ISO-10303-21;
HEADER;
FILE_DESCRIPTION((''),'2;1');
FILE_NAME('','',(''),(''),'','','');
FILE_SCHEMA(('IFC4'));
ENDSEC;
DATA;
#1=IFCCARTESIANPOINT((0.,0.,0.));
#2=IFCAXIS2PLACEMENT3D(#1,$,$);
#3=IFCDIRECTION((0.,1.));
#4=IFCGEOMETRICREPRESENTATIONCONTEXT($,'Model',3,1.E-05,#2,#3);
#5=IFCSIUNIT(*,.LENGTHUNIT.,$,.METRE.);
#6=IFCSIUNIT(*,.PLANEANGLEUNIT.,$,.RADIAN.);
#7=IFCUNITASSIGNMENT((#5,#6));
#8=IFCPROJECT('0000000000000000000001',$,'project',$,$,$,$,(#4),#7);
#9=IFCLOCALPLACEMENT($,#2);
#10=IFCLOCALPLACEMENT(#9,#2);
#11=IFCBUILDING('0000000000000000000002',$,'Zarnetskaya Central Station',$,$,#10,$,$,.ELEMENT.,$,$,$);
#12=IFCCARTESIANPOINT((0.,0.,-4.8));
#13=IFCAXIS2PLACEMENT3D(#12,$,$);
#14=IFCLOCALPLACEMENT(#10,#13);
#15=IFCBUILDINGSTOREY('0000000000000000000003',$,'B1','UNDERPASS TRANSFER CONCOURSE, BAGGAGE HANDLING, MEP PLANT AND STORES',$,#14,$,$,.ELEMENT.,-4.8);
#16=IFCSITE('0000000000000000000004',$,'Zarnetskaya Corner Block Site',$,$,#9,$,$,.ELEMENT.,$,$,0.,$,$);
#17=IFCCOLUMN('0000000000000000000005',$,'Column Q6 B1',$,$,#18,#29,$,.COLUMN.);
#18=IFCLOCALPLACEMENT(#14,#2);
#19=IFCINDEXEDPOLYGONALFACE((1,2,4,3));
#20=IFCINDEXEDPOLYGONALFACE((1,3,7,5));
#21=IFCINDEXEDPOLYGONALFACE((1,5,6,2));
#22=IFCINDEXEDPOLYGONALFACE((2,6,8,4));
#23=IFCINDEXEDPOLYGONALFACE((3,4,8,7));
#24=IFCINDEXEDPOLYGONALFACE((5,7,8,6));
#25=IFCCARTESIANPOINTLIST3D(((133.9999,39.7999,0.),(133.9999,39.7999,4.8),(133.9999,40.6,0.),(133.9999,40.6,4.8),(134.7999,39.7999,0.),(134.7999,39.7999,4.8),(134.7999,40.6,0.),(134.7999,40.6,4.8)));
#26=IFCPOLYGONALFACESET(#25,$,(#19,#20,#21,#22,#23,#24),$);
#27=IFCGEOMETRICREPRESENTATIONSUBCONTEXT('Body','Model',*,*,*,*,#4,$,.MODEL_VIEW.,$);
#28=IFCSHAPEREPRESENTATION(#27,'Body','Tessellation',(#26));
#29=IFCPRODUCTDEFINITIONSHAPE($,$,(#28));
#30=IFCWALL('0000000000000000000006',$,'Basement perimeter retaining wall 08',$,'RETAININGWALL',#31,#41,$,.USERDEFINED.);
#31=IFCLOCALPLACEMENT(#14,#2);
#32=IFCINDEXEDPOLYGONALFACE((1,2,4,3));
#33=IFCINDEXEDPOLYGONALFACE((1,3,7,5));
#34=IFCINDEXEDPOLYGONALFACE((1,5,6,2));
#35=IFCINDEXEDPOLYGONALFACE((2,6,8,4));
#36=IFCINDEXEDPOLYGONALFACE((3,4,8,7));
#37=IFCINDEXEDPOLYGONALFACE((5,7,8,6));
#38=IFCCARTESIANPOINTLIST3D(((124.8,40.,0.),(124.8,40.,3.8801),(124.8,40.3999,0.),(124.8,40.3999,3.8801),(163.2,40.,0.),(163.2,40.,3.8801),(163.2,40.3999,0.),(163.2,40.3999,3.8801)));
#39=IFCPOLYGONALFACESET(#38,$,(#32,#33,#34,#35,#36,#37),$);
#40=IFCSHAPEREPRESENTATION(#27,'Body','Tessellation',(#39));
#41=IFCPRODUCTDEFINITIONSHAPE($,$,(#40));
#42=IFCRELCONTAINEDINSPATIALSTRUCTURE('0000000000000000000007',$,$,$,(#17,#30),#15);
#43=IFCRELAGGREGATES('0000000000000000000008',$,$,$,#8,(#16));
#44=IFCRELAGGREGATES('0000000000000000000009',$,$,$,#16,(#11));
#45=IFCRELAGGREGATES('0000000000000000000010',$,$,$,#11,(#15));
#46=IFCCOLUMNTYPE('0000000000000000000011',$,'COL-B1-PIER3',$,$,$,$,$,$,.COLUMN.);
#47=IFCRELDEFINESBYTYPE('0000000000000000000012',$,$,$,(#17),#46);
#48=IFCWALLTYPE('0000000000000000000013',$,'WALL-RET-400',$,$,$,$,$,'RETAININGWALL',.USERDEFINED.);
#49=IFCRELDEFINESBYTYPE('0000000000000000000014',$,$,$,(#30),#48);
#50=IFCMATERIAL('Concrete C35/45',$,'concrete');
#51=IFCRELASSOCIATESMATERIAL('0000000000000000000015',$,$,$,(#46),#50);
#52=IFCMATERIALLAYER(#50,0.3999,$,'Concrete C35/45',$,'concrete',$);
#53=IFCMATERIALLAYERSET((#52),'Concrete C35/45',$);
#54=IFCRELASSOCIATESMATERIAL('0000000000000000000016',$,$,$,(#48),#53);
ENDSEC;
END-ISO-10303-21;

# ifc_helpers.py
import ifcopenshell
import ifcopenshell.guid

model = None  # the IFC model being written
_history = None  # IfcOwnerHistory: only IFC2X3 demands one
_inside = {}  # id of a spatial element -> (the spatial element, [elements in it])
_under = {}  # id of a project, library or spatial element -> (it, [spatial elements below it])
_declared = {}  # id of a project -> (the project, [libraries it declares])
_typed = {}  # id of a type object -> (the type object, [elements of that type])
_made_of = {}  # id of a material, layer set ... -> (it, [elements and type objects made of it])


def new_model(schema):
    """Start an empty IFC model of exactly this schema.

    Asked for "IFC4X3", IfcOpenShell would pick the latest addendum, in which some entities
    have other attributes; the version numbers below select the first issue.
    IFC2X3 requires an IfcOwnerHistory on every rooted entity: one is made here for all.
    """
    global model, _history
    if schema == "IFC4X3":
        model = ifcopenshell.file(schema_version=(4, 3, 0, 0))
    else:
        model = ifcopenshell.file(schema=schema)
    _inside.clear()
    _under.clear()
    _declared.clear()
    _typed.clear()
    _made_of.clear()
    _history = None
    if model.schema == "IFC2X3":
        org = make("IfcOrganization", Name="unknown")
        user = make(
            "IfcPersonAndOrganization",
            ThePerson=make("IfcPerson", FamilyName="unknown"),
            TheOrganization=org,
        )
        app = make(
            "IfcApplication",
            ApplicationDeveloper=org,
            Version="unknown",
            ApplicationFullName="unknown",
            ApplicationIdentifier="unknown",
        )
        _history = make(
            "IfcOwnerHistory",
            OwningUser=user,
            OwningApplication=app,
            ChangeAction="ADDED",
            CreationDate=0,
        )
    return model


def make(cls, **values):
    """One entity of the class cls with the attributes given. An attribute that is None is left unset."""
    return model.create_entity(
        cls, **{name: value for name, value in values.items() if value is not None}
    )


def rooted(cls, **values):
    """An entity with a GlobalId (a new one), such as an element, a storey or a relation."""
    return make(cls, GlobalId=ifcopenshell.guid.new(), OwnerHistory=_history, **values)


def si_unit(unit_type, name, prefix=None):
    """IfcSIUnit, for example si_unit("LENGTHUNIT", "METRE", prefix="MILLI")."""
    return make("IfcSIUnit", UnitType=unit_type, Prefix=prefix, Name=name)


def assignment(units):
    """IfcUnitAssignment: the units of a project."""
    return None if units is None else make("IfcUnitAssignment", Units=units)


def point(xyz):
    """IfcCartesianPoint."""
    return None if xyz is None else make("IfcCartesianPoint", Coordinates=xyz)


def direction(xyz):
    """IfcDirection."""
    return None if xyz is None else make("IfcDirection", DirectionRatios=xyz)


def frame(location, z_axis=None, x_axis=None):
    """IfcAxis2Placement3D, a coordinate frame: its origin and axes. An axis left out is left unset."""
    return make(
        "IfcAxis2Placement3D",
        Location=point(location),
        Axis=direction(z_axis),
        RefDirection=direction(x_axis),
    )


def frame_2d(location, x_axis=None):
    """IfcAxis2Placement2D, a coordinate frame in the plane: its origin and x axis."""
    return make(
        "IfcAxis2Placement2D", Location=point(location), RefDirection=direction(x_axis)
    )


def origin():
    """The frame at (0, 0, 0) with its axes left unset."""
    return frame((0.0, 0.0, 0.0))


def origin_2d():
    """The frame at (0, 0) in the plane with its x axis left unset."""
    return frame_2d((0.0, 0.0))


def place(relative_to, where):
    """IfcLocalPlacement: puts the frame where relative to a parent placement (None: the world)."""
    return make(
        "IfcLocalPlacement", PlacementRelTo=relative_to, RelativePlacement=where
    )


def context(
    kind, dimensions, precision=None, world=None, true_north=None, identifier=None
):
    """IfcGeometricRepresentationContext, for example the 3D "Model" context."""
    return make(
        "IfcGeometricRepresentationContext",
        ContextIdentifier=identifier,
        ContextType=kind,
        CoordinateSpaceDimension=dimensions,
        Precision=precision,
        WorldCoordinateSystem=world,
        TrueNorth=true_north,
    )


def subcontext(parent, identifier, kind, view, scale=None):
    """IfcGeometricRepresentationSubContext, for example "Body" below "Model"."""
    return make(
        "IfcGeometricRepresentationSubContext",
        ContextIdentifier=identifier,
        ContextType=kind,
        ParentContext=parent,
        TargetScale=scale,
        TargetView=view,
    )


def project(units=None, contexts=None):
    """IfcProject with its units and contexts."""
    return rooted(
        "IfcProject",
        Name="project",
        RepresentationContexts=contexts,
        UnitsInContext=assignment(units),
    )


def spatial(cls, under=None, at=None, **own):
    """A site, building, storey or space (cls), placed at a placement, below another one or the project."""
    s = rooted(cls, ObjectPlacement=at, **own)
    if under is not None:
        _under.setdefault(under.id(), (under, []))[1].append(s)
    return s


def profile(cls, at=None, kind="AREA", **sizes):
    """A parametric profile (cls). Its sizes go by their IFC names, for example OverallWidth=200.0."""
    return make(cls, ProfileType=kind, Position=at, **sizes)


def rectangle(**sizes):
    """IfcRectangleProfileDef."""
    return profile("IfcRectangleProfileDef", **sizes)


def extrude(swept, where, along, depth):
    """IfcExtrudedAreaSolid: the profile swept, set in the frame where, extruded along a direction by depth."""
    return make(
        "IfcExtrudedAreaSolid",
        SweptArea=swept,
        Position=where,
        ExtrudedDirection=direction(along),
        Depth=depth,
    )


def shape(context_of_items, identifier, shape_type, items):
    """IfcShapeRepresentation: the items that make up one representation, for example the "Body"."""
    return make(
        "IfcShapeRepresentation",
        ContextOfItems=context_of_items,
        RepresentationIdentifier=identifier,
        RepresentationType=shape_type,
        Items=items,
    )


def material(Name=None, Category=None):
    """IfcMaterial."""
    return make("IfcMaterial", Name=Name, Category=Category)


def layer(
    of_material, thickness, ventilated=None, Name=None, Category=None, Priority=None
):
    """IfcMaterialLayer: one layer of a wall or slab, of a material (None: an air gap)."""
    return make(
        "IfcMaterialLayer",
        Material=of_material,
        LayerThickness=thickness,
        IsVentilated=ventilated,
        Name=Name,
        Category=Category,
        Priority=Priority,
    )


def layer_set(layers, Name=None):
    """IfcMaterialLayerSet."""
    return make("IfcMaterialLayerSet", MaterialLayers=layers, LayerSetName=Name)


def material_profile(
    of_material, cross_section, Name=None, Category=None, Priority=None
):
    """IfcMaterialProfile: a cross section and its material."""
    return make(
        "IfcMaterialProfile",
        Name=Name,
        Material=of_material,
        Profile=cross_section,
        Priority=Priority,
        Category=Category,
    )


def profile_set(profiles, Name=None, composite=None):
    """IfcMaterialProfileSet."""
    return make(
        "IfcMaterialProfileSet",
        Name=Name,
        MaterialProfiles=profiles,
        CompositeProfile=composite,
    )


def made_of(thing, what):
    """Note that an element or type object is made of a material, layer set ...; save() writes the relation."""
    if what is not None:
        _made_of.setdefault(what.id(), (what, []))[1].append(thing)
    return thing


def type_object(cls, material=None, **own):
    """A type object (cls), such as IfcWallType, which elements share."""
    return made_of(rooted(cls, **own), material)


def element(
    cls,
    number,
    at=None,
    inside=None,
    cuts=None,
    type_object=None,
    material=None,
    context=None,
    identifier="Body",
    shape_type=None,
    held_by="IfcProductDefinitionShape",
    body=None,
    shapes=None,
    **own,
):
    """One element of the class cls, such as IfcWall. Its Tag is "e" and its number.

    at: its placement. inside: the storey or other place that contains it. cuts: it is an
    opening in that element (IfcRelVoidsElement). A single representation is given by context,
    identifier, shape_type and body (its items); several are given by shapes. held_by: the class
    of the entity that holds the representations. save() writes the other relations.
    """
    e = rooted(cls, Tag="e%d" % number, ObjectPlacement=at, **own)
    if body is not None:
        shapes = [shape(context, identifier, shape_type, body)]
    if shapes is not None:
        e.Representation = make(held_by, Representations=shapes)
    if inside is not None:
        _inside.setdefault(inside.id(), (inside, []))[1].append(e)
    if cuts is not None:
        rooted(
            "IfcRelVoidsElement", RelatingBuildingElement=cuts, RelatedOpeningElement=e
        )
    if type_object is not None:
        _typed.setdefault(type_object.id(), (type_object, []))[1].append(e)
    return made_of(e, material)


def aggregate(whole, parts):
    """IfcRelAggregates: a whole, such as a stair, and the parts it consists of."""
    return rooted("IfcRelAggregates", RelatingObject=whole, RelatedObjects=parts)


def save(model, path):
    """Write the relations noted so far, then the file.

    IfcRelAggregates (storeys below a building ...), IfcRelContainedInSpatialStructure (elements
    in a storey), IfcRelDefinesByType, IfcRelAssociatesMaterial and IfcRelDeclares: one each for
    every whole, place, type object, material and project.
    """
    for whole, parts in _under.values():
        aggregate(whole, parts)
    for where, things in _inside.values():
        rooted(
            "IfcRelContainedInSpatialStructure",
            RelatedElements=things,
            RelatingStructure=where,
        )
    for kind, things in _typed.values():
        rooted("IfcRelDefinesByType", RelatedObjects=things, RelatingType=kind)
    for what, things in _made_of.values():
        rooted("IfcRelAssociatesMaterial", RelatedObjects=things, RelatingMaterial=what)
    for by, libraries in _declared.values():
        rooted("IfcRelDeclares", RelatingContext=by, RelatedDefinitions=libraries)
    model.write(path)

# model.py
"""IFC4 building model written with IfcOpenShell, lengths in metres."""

from ifc_helpers import new_model, si_unit, direction, frame, frame_2d, origin, origin_2d, place, context, subcontext, project, spatial, rectangle, extrude, material, layer, layer_set, material_profile, profile_set, type_object, element, save


model = new_model("IFC4")

# Units and contexts
model_context = context("Model", 3, precision=1e-05, world=origin(), true_north=direction((0.0, 1.0)))
body_context = subcontext(model_context, "Body", "Model", "MODEL_VIEW")
ifc_project = project(units=[si_unit("LENGTHUNIT", "METRE"), si_unit("PLANEANGLEUNIT", "RADIAN")], contexts=[model_context])

# Site, building, storey
site_placement = place(None, origin())
site = spatial("IfcSite", under=ifc_project, at=site_placement, Name="Zarnetskaya Corner Block Site", CompositionType="ELEMENT", RefElevation=0.0)
building_placement = place(site_placement, origin())
building = spatial("IfcBuilding", under=site, at=building_placement, Name="Zarnetskaya Central Station", CompositionType="ELEMENT")
storey_placement = place(building_placement, frame((0.0, 0.0, -4.8)))
storey = spatial("IfcBuildingStorey", under=building, at=storey_placement, Name="B1", Description="UNDERPASS TRANSFER CONCOURSE, BAGGAGE HANDLING, MEP PLANT AND STORES", CompositionType="ELEMENT", Elevation=-4.8)

# Shared definitions
ifc_material = material(Name="Concrete C35/45", Category="concrete")

# Column
ifc_material_profile_1 = material_profile(ifc_material, rectangle(XDim=0.8, YDim=0.8, at=origin_2d()), Name="RC 800x800")
ifc_profile_set_1 = profile_set([ifc_material_profile_1], Name="Concrete C35/45")
column_type = type_object("IfcColumnType", Name="COL-B1-PIER3", PredefinedType="COLUMN", material=ifc_profile_set_1)
for number, where, z_axis, x_axis, name in (
    (1, (134.3999, 40.2, 0.0), (0.0, 0.0, 1.0), (1.0, 0.0, 0.0), "Column Q6 B1"),
):
    element("IfcColumn", number, at=place(storey_placement, frame(where, z_axis=z_axis, x_axis=x_axis)), inside=storey, type_object=column_type, Name=name, PredefinedType="COLUMN", context=body_context, shape_type="SweptSolid", body=[
        extrude(rectangle(XDim=0.8, YDim=0.8, at=origin_2d()), origin(), (0.0, 0.0, 1.0), 4.8),
    ])

# Wall
ifc_layer = layer(ifc_material, 0.3999, Name="Concrete C35/45", Category="concrete")
ifc_layer_set = layer_set([ifc_layer], Name="Concrete C35/45")
wall_type = type_object("IfcWallType", Name="WALL-RET-400", ElementType="RETAININGWALL", PredefinedType="USERDEFINED", material=ifc_layer_set)
wall_placement = place(storey_placement, frame((124.8, 40.2, 0.0), z_axis=(0.0, 0.0, 1.0), x_axis=(1.0, 0.0, 0.0)))
element("IfcWall", 2, at=wall_placement, inside=storey, type_object=wall_type, Name="Basement perimeter retaining wall 08", ObjectType="RETAININGWALL", PredefinedType="USERDEFINED", context=body_context, shape_type="SweptSolid", body=[
    extrude(rectangle(XDim=38.3999, YDim=0.3999, at=frame_2d((19.2, 0.0))), origin(), (0.0, 0.0, 1.0), 3.8801),
])

save(model, "model.ifc")
